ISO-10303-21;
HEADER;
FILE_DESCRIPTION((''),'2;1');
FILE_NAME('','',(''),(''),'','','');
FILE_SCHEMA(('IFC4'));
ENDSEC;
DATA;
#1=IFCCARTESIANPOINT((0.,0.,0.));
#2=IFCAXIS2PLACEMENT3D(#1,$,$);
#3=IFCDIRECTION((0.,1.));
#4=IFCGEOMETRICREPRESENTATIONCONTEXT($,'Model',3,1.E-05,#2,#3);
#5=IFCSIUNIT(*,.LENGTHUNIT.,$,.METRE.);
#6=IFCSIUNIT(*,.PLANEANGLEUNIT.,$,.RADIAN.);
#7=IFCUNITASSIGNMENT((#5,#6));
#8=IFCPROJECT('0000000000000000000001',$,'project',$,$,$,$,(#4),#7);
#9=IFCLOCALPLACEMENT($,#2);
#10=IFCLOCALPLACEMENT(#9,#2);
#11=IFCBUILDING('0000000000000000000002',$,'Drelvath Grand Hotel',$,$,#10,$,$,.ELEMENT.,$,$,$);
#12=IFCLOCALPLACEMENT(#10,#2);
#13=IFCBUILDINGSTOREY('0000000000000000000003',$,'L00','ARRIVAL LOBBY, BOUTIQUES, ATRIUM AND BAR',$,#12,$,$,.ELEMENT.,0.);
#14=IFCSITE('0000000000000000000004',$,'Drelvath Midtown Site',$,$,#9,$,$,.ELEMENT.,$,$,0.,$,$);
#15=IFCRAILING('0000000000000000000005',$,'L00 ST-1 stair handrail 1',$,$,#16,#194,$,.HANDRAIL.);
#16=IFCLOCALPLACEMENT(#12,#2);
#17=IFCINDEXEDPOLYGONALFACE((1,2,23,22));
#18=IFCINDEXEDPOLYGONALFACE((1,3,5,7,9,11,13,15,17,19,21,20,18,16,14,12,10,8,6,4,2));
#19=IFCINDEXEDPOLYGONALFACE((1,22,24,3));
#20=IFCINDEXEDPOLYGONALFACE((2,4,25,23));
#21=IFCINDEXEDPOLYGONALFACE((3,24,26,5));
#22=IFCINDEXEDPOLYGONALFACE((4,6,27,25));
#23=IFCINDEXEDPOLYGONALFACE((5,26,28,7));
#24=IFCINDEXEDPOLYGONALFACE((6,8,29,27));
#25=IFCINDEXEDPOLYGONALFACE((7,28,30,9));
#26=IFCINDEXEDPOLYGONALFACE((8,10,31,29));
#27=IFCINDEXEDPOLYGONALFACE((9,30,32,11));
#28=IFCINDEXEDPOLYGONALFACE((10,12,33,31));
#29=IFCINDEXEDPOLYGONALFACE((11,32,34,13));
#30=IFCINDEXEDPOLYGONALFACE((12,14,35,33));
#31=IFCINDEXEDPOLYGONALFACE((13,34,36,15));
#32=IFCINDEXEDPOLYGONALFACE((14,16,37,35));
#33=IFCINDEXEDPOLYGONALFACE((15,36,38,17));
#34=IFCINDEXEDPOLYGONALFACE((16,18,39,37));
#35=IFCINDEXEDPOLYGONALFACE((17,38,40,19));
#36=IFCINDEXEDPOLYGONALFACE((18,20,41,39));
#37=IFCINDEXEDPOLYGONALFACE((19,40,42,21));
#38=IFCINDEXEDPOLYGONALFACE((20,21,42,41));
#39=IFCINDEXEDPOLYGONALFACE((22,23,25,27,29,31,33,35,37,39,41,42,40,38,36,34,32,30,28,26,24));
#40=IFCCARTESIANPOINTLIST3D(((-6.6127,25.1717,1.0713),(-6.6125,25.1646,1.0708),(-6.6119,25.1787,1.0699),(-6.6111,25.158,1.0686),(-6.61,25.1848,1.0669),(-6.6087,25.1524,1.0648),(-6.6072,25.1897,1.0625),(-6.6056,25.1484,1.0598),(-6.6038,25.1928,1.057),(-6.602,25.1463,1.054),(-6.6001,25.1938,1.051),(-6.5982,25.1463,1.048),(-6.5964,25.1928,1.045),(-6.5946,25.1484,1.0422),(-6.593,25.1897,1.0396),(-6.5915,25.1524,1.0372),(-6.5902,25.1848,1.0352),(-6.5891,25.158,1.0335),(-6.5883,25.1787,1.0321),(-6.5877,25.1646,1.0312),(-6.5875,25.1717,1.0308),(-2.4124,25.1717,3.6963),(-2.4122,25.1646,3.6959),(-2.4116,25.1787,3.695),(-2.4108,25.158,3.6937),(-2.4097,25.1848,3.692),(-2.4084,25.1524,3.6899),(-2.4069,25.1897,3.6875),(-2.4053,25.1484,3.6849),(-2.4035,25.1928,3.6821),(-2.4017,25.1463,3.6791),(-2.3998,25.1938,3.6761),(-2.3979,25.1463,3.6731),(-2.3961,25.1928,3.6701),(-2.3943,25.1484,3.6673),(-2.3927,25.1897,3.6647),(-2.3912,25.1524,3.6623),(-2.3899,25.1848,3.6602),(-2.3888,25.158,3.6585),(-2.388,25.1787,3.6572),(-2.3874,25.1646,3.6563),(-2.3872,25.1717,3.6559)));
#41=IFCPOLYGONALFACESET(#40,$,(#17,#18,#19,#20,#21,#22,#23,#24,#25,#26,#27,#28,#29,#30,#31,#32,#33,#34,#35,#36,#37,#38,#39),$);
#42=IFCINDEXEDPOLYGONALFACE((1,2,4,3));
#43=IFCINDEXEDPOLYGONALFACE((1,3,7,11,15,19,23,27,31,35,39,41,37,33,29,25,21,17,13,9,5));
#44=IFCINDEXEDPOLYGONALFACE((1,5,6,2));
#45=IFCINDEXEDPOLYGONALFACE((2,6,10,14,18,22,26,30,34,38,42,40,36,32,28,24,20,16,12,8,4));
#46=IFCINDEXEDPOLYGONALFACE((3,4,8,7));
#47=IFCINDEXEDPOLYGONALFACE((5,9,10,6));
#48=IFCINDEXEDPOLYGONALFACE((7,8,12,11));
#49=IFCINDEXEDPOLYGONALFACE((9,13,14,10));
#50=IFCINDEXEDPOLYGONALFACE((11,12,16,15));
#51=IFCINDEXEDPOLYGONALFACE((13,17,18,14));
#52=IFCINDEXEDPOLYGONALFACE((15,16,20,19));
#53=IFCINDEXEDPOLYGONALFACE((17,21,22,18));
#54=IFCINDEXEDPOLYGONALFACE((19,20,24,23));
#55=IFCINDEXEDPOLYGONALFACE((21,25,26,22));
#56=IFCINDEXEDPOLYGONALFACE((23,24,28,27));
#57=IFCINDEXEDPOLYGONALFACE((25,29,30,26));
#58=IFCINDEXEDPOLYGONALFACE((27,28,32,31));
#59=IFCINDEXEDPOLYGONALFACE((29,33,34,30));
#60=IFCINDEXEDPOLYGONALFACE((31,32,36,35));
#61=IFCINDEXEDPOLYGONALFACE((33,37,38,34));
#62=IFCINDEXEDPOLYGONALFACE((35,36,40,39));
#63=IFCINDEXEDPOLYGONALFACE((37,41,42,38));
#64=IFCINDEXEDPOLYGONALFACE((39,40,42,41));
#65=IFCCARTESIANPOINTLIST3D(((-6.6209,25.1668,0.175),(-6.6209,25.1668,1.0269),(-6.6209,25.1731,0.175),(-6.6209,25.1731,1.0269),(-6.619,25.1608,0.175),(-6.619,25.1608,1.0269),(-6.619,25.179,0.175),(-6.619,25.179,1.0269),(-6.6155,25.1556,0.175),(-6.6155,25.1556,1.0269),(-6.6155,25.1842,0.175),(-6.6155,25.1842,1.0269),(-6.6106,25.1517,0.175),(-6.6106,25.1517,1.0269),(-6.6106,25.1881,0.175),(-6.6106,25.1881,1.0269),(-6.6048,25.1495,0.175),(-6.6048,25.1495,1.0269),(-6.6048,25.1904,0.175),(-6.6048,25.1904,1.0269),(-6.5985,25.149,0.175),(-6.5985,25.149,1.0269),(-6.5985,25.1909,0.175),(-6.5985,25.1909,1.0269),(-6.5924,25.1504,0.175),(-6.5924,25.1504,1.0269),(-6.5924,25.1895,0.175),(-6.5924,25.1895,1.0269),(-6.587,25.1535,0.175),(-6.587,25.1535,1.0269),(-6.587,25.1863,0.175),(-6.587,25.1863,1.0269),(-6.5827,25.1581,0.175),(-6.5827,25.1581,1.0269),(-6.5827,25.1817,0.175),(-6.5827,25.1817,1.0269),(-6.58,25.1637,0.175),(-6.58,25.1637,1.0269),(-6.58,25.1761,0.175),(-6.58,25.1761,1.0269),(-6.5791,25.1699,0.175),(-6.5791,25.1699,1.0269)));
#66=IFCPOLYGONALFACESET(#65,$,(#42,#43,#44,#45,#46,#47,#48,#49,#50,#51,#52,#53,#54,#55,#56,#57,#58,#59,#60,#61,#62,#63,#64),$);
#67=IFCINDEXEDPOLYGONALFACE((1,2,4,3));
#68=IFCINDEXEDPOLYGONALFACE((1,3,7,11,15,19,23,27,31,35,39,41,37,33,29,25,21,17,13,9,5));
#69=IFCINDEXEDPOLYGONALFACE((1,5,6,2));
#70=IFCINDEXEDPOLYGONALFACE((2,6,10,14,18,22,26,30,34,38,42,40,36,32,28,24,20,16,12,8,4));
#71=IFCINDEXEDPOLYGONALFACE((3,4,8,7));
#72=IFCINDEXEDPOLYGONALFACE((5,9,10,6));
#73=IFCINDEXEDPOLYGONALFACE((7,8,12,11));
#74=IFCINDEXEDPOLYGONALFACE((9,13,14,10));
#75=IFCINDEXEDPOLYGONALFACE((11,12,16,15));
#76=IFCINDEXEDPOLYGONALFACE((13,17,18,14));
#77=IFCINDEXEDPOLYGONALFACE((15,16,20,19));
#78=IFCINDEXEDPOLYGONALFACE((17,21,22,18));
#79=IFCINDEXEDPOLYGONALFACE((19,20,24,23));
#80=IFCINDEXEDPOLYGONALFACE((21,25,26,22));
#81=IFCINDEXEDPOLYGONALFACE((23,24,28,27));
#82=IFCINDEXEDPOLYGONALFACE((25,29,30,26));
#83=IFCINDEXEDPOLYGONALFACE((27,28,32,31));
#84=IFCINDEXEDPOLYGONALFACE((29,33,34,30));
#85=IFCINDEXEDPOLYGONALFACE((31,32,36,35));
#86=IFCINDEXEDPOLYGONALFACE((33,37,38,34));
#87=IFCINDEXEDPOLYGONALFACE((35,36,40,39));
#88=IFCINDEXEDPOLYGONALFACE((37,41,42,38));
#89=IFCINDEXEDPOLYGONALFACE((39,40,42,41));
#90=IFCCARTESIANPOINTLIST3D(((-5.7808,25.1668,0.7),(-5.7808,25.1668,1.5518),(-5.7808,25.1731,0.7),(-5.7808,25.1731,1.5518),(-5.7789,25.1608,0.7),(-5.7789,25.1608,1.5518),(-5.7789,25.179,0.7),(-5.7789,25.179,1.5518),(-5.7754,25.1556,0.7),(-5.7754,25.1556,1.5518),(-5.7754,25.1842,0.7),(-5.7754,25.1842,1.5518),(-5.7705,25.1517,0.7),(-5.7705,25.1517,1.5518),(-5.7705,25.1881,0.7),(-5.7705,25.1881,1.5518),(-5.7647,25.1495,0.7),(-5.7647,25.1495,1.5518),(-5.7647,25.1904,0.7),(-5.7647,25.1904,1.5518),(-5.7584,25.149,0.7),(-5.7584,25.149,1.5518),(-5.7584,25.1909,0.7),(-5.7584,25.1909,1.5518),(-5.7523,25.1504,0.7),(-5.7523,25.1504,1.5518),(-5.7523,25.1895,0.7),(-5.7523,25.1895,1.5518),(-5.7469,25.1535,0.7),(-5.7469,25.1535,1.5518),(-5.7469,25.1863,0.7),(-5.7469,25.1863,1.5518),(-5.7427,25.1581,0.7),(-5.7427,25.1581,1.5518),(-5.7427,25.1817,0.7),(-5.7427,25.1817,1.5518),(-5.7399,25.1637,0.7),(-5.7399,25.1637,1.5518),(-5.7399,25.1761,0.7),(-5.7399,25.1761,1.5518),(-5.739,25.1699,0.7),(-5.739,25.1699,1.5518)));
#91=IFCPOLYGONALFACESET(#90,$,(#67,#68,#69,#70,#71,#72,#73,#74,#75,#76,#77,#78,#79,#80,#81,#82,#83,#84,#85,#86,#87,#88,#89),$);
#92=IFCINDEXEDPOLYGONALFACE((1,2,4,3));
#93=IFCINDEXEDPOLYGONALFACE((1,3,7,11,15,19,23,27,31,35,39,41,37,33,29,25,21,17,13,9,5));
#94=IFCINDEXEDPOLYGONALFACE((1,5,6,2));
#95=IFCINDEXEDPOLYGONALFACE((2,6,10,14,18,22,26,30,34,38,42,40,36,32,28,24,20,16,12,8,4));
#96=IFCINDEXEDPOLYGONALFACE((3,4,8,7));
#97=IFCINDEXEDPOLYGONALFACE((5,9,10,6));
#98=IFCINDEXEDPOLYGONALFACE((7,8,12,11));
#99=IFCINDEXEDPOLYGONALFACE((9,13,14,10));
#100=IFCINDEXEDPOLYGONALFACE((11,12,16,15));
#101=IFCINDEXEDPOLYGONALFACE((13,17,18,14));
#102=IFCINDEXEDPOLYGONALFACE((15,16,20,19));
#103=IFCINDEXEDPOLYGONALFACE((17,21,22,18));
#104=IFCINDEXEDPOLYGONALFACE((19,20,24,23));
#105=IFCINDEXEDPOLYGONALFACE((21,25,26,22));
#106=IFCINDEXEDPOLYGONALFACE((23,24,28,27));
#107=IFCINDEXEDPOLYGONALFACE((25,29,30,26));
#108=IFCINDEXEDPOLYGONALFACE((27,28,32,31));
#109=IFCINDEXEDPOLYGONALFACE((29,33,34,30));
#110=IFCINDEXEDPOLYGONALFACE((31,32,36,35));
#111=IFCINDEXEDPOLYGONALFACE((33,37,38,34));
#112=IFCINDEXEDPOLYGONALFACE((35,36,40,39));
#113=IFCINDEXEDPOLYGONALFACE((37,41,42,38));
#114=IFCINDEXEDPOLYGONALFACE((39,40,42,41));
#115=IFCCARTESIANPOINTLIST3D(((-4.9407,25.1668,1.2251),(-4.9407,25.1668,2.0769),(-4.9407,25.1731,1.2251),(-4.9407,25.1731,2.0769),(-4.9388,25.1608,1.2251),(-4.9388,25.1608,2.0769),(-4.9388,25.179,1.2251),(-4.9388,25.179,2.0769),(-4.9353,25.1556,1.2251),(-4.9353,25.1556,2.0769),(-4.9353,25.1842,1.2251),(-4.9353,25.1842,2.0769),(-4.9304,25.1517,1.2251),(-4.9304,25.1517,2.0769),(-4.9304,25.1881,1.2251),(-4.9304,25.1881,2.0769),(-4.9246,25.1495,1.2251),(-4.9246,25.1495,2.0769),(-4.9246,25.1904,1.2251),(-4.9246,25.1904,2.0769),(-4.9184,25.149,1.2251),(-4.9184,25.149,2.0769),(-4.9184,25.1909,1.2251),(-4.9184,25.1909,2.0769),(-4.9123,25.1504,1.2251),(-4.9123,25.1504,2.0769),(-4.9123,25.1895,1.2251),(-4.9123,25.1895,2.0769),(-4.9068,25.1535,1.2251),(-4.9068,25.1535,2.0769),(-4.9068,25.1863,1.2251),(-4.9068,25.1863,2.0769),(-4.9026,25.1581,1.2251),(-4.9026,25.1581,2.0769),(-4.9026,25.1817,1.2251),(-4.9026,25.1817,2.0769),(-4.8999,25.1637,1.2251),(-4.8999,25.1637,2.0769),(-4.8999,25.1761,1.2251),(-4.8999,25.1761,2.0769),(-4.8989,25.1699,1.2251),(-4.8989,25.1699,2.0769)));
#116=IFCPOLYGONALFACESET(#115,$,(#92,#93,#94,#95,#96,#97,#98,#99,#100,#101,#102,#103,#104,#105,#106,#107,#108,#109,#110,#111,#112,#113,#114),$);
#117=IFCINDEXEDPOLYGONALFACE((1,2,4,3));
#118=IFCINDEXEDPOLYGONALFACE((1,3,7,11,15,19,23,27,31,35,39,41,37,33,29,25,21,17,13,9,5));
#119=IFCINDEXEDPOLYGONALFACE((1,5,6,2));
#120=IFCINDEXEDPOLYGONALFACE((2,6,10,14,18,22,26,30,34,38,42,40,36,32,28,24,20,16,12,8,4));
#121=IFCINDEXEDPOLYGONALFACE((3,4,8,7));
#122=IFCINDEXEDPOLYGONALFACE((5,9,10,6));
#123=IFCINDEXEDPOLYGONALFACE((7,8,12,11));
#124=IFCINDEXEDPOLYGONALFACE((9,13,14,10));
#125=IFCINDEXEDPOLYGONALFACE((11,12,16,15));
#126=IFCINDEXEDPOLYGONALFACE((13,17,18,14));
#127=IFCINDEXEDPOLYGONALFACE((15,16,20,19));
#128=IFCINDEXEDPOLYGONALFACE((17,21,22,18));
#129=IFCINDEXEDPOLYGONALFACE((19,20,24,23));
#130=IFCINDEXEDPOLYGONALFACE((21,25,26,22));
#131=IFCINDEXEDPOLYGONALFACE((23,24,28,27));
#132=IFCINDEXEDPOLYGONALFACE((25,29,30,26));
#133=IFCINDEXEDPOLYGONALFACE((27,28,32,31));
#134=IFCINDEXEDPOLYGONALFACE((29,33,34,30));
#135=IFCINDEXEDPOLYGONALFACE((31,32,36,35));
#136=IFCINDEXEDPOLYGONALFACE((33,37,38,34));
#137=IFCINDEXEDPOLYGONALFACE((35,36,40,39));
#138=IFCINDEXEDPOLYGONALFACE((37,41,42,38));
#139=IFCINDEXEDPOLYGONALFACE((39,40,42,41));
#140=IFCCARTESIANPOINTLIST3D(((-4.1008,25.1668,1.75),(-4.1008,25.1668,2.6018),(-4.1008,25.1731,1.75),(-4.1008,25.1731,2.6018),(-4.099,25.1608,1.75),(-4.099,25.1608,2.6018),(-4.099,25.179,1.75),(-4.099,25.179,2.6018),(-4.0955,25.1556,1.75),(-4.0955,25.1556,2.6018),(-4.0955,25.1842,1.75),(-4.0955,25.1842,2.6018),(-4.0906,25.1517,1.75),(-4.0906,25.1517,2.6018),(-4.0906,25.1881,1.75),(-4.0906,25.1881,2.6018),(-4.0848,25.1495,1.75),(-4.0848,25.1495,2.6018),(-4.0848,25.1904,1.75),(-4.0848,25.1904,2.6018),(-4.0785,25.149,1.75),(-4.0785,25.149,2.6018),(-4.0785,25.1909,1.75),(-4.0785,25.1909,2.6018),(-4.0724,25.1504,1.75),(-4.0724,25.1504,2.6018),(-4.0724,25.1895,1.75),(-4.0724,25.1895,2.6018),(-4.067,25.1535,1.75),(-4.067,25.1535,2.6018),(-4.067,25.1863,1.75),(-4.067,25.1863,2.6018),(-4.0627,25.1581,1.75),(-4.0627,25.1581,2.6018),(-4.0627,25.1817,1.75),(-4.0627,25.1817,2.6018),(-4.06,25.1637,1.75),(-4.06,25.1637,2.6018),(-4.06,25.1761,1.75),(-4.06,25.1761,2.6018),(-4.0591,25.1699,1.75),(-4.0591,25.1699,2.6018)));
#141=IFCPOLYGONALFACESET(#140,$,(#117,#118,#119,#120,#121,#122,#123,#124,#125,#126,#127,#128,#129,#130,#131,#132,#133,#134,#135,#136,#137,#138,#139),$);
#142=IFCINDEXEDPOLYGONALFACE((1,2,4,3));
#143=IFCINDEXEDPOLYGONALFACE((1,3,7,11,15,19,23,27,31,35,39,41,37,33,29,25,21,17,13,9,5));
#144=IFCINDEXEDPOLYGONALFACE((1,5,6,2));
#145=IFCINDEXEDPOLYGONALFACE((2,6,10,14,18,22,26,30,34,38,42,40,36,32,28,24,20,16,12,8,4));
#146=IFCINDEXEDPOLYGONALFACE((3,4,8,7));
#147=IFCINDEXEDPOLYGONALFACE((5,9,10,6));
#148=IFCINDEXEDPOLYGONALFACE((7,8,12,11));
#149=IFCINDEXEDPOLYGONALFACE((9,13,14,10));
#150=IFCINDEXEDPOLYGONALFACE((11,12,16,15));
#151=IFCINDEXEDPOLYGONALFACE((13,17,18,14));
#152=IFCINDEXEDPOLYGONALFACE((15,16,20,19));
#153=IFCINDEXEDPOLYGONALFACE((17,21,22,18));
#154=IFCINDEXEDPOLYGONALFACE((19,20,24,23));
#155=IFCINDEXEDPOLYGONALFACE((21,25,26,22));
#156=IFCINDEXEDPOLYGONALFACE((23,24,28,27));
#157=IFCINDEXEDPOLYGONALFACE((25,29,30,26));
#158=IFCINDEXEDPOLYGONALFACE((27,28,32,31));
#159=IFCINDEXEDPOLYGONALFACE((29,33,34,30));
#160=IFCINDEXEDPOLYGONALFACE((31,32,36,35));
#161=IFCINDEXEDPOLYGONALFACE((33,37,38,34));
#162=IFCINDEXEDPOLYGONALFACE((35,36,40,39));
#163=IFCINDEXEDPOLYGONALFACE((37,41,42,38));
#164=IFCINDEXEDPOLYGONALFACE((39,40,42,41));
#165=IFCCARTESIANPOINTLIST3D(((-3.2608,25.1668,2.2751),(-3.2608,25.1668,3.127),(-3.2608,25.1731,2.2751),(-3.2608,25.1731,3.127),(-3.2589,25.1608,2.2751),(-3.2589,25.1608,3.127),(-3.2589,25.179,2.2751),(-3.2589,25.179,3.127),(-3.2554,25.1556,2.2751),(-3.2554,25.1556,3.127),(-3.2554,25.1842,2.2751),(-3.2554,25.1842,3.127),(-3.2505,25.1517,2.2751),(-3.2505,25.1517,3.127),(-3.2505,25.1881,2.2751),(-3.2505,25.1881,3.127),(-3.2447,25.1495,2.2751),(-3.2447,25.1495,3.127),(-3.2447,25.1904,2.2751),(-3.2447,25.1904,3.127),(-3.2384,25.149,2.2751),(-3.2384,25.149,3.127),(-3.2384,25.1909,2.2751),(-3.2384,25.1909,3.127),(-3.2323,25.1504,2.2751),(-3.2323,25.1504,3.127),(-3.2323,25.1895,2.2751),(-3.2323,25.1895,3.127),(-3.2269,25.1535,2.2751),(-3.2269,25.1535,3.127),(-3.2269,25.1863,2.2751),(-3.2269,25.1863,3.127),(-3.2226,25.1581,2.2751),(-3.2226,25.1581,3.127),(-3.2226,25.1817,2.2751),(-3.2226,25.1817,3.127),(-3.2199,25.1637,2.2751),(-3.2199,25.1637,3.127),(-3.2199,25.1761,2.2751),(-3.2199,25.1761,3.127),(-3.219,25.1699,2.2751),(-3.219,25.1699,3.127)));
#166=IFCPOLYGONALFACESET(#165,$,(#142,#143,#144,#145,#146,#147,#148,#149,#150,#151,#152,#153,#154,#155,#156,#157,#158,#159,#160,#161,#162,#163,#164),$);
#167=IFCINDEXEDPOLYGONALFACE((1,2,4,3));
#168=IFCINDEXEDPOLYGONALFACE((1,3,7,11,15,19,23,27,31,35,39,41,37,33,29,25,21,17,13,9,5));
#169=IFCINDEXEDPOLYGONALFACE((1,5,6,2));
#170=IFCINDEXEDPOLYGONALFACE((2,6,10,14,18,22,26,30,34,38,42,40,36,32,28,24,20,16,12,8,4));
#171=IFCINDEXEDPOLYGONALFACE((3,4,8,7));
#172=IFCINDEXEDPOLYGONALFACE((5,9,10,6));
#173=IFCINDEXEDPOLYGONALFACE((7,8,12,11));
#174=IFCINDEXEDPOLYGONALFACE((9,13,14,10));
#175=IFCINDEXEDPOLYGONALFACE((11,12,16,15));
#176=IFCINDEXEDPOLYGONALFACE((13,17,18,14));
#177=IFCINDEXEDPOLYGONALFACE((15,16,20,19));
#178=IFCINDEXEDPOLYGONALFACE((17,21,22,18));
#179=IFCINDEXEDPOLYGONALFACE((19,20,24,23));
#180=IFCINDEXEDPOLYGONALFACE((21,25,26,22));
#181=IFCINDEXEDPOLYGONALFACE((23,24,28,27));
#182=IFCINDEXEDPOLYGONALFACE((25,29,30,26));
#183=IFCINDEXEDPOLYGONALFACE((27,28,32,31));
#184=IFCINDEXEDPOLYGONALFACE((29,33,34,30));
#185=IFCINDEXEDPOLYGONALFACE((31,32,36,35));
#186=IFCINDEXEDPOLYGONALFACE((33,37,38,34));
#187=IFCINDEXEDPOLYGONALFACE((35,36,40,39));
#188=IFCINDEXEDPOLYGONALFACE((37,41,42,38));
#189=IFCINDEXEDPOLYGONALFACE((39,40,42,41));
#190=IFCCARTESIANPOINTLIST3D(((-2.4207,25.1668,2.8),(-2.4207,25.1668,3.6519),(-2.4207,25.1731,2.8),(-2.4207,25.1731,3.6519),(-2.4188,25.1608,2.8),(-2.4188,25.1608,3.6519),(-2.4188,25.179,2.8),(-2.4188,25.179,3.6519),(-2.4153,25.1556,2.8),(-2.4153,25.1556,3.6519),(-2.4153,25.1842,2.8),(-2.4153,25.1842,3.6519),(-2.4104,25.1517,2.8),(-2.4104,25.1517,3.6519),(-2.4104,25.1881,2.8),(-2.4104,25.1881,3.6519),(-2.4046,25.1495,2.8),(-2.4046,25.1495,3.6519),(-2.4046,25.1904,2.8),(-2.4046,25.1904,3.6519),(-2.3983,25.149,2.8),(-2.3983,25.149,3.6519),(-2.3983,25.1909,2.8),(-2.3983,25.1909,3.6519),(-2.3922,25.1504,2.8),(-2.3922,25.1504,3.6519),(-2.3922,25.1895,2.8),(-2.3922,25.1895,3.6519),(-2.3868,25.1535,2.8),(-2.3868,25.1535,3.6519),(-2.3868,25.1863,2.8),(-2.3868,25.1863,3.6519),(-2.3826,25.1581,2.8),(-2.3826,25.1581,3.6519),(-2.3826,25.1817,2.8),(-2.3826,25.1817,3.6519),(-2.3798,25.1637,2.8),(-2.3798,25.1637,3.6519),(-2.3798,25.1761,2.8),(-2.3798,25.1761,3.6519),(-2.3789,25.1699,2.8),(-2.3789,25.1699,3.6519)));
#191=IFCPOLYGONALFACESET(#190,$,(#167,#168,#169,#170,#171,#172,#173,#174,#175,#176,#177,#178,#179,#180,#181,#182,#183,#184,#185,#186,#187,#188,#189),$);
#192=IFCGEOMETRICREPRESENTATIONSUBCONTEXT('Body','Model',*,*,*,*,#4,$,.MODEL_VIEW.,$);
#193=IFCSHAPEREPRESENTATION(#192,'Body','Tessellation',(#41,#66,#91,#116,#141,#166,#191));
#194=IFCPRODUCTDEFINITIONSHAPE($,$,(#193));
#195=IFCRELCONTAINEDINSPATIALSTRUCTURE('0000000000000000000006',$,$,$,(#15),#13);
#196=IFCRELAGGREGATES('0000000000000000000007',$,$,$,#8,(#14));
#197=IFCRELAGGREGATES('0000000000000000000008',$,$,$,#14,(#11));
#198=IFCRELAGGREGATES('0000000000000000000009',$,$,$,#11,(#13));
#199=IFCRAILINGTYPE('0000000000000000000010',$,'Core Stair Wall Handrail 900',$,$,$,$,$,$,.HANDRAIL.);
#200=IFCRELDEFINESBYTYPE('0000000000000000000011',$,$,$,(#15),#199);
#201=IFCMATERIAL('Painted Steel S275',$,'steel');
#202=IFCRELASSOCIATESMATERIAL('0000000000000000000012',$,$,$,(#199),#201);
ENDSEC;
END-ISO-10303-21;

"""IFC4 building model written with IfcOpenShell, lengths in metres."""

from ifc_helpers import new_model, si_unit, direction, frame, origin, origin_2d, place, context, subcontext, project, spatial, circle, extrude, material, type_object, element, save


model = new_model("IFC4")

# Units and contexts
model_context = context("Model", 3, precision=1e-05, world=origin(), true_north=direction((0.0, 1.0)))
body_context = subcontext(model_context, "Body", "Model", "MODEL_VIEW")
ifc_project = project(units=[si_unit("LENGTHUNIT", "METRE"), si_unit("PLANEANGLEUNIT", "RADIAN")], contexts=[model_context])

# Site, building, storey
site_placement = place(None, origin())
site = spatial("IfcSite", under=ifc_project, at=site_placement, Name="Drelvath Midtown Site", CompositionType="ELEMENT", RefElevation=0.0)
building_placement = place(site_placement, origin())
building = spatial("IfcBuilding", under=site, at=building_placement, Name="Drelvath Grand Hotel", CompositionType="ELEMENT")
storey_placement = place(building_placement, origin())
storey = spatial("IfcBuildingStorey", under=building, at=storey_placement, Name="L00", Description="ARRIVAL LOBBY, BOUTIQUES, ATRIUM AND BAR", CompositionType="ELEMENT", Elevation=0.0)

# Shared definitions
ifc_material_1 = material(Name="Painted Steel S275", Category="steel")

# Railing
railing_type_1 = type_object("IfcRailingType", Name="Core Stair Wall Handrail 900", PredefinedType="HANDRAIL", material=ifc_material_1)
railing_1_placement = place(storey_placement, frame((-6.6001, 25.1699, 0.175)))
element("IfcRailing", 1, at=railing_1_placement, inside=storey, type_object=railing_type_1, Name="L00 ST-1 stair handrail 1", PredefinedType="HANDRAIL", context=body_context, shape_type="SweptSolid", body=[
    extrude(circle(Radius=0.0239, at=origin_2d()), frame((0.0, 0.0, 0.876), z_axis=(0.848009, 0.0, 0.529981), x_axis=(0.0, 1.0, 0.0)), (0.0, 0.0, 1.0), 4.9531),
    extrude(circle(Radius=0.021, at=origin_2d()), origin(), (0.0, 0.0, 1.0), 0.8518),
    extrude(circle(Radius=0.021, at=origin_2d()), frame((0.8401, 0.0, 0.5249)), (0.0, 0.0, 1.0), 0.8518),
    extrude(circle(Radius=0.021, at=origin_2d()), frame((1.6802, 0.0, 1.05)), (0.0, 0.0, 1.0), 0.8518),
    extrude(circle(Radius=0.021, at=origin_2d()), frame((2.52, 0.0, 1.575)), (0.0, 0.0, 1.0), 0.8518),
    extrude(circle(Radius=0.021, at=origin_2d()), frame((3.3601, 0.0, 2.1001)), (0.0, 0.0, 1.0), 0.8518),
    extrude(circle(Radius=0.021, at=origin_2d()), frame((4.2002, 0.0, 2.625)), (0.0, 0.0, 1.0), 0.8518),
])

save(model, "model.ifc")
